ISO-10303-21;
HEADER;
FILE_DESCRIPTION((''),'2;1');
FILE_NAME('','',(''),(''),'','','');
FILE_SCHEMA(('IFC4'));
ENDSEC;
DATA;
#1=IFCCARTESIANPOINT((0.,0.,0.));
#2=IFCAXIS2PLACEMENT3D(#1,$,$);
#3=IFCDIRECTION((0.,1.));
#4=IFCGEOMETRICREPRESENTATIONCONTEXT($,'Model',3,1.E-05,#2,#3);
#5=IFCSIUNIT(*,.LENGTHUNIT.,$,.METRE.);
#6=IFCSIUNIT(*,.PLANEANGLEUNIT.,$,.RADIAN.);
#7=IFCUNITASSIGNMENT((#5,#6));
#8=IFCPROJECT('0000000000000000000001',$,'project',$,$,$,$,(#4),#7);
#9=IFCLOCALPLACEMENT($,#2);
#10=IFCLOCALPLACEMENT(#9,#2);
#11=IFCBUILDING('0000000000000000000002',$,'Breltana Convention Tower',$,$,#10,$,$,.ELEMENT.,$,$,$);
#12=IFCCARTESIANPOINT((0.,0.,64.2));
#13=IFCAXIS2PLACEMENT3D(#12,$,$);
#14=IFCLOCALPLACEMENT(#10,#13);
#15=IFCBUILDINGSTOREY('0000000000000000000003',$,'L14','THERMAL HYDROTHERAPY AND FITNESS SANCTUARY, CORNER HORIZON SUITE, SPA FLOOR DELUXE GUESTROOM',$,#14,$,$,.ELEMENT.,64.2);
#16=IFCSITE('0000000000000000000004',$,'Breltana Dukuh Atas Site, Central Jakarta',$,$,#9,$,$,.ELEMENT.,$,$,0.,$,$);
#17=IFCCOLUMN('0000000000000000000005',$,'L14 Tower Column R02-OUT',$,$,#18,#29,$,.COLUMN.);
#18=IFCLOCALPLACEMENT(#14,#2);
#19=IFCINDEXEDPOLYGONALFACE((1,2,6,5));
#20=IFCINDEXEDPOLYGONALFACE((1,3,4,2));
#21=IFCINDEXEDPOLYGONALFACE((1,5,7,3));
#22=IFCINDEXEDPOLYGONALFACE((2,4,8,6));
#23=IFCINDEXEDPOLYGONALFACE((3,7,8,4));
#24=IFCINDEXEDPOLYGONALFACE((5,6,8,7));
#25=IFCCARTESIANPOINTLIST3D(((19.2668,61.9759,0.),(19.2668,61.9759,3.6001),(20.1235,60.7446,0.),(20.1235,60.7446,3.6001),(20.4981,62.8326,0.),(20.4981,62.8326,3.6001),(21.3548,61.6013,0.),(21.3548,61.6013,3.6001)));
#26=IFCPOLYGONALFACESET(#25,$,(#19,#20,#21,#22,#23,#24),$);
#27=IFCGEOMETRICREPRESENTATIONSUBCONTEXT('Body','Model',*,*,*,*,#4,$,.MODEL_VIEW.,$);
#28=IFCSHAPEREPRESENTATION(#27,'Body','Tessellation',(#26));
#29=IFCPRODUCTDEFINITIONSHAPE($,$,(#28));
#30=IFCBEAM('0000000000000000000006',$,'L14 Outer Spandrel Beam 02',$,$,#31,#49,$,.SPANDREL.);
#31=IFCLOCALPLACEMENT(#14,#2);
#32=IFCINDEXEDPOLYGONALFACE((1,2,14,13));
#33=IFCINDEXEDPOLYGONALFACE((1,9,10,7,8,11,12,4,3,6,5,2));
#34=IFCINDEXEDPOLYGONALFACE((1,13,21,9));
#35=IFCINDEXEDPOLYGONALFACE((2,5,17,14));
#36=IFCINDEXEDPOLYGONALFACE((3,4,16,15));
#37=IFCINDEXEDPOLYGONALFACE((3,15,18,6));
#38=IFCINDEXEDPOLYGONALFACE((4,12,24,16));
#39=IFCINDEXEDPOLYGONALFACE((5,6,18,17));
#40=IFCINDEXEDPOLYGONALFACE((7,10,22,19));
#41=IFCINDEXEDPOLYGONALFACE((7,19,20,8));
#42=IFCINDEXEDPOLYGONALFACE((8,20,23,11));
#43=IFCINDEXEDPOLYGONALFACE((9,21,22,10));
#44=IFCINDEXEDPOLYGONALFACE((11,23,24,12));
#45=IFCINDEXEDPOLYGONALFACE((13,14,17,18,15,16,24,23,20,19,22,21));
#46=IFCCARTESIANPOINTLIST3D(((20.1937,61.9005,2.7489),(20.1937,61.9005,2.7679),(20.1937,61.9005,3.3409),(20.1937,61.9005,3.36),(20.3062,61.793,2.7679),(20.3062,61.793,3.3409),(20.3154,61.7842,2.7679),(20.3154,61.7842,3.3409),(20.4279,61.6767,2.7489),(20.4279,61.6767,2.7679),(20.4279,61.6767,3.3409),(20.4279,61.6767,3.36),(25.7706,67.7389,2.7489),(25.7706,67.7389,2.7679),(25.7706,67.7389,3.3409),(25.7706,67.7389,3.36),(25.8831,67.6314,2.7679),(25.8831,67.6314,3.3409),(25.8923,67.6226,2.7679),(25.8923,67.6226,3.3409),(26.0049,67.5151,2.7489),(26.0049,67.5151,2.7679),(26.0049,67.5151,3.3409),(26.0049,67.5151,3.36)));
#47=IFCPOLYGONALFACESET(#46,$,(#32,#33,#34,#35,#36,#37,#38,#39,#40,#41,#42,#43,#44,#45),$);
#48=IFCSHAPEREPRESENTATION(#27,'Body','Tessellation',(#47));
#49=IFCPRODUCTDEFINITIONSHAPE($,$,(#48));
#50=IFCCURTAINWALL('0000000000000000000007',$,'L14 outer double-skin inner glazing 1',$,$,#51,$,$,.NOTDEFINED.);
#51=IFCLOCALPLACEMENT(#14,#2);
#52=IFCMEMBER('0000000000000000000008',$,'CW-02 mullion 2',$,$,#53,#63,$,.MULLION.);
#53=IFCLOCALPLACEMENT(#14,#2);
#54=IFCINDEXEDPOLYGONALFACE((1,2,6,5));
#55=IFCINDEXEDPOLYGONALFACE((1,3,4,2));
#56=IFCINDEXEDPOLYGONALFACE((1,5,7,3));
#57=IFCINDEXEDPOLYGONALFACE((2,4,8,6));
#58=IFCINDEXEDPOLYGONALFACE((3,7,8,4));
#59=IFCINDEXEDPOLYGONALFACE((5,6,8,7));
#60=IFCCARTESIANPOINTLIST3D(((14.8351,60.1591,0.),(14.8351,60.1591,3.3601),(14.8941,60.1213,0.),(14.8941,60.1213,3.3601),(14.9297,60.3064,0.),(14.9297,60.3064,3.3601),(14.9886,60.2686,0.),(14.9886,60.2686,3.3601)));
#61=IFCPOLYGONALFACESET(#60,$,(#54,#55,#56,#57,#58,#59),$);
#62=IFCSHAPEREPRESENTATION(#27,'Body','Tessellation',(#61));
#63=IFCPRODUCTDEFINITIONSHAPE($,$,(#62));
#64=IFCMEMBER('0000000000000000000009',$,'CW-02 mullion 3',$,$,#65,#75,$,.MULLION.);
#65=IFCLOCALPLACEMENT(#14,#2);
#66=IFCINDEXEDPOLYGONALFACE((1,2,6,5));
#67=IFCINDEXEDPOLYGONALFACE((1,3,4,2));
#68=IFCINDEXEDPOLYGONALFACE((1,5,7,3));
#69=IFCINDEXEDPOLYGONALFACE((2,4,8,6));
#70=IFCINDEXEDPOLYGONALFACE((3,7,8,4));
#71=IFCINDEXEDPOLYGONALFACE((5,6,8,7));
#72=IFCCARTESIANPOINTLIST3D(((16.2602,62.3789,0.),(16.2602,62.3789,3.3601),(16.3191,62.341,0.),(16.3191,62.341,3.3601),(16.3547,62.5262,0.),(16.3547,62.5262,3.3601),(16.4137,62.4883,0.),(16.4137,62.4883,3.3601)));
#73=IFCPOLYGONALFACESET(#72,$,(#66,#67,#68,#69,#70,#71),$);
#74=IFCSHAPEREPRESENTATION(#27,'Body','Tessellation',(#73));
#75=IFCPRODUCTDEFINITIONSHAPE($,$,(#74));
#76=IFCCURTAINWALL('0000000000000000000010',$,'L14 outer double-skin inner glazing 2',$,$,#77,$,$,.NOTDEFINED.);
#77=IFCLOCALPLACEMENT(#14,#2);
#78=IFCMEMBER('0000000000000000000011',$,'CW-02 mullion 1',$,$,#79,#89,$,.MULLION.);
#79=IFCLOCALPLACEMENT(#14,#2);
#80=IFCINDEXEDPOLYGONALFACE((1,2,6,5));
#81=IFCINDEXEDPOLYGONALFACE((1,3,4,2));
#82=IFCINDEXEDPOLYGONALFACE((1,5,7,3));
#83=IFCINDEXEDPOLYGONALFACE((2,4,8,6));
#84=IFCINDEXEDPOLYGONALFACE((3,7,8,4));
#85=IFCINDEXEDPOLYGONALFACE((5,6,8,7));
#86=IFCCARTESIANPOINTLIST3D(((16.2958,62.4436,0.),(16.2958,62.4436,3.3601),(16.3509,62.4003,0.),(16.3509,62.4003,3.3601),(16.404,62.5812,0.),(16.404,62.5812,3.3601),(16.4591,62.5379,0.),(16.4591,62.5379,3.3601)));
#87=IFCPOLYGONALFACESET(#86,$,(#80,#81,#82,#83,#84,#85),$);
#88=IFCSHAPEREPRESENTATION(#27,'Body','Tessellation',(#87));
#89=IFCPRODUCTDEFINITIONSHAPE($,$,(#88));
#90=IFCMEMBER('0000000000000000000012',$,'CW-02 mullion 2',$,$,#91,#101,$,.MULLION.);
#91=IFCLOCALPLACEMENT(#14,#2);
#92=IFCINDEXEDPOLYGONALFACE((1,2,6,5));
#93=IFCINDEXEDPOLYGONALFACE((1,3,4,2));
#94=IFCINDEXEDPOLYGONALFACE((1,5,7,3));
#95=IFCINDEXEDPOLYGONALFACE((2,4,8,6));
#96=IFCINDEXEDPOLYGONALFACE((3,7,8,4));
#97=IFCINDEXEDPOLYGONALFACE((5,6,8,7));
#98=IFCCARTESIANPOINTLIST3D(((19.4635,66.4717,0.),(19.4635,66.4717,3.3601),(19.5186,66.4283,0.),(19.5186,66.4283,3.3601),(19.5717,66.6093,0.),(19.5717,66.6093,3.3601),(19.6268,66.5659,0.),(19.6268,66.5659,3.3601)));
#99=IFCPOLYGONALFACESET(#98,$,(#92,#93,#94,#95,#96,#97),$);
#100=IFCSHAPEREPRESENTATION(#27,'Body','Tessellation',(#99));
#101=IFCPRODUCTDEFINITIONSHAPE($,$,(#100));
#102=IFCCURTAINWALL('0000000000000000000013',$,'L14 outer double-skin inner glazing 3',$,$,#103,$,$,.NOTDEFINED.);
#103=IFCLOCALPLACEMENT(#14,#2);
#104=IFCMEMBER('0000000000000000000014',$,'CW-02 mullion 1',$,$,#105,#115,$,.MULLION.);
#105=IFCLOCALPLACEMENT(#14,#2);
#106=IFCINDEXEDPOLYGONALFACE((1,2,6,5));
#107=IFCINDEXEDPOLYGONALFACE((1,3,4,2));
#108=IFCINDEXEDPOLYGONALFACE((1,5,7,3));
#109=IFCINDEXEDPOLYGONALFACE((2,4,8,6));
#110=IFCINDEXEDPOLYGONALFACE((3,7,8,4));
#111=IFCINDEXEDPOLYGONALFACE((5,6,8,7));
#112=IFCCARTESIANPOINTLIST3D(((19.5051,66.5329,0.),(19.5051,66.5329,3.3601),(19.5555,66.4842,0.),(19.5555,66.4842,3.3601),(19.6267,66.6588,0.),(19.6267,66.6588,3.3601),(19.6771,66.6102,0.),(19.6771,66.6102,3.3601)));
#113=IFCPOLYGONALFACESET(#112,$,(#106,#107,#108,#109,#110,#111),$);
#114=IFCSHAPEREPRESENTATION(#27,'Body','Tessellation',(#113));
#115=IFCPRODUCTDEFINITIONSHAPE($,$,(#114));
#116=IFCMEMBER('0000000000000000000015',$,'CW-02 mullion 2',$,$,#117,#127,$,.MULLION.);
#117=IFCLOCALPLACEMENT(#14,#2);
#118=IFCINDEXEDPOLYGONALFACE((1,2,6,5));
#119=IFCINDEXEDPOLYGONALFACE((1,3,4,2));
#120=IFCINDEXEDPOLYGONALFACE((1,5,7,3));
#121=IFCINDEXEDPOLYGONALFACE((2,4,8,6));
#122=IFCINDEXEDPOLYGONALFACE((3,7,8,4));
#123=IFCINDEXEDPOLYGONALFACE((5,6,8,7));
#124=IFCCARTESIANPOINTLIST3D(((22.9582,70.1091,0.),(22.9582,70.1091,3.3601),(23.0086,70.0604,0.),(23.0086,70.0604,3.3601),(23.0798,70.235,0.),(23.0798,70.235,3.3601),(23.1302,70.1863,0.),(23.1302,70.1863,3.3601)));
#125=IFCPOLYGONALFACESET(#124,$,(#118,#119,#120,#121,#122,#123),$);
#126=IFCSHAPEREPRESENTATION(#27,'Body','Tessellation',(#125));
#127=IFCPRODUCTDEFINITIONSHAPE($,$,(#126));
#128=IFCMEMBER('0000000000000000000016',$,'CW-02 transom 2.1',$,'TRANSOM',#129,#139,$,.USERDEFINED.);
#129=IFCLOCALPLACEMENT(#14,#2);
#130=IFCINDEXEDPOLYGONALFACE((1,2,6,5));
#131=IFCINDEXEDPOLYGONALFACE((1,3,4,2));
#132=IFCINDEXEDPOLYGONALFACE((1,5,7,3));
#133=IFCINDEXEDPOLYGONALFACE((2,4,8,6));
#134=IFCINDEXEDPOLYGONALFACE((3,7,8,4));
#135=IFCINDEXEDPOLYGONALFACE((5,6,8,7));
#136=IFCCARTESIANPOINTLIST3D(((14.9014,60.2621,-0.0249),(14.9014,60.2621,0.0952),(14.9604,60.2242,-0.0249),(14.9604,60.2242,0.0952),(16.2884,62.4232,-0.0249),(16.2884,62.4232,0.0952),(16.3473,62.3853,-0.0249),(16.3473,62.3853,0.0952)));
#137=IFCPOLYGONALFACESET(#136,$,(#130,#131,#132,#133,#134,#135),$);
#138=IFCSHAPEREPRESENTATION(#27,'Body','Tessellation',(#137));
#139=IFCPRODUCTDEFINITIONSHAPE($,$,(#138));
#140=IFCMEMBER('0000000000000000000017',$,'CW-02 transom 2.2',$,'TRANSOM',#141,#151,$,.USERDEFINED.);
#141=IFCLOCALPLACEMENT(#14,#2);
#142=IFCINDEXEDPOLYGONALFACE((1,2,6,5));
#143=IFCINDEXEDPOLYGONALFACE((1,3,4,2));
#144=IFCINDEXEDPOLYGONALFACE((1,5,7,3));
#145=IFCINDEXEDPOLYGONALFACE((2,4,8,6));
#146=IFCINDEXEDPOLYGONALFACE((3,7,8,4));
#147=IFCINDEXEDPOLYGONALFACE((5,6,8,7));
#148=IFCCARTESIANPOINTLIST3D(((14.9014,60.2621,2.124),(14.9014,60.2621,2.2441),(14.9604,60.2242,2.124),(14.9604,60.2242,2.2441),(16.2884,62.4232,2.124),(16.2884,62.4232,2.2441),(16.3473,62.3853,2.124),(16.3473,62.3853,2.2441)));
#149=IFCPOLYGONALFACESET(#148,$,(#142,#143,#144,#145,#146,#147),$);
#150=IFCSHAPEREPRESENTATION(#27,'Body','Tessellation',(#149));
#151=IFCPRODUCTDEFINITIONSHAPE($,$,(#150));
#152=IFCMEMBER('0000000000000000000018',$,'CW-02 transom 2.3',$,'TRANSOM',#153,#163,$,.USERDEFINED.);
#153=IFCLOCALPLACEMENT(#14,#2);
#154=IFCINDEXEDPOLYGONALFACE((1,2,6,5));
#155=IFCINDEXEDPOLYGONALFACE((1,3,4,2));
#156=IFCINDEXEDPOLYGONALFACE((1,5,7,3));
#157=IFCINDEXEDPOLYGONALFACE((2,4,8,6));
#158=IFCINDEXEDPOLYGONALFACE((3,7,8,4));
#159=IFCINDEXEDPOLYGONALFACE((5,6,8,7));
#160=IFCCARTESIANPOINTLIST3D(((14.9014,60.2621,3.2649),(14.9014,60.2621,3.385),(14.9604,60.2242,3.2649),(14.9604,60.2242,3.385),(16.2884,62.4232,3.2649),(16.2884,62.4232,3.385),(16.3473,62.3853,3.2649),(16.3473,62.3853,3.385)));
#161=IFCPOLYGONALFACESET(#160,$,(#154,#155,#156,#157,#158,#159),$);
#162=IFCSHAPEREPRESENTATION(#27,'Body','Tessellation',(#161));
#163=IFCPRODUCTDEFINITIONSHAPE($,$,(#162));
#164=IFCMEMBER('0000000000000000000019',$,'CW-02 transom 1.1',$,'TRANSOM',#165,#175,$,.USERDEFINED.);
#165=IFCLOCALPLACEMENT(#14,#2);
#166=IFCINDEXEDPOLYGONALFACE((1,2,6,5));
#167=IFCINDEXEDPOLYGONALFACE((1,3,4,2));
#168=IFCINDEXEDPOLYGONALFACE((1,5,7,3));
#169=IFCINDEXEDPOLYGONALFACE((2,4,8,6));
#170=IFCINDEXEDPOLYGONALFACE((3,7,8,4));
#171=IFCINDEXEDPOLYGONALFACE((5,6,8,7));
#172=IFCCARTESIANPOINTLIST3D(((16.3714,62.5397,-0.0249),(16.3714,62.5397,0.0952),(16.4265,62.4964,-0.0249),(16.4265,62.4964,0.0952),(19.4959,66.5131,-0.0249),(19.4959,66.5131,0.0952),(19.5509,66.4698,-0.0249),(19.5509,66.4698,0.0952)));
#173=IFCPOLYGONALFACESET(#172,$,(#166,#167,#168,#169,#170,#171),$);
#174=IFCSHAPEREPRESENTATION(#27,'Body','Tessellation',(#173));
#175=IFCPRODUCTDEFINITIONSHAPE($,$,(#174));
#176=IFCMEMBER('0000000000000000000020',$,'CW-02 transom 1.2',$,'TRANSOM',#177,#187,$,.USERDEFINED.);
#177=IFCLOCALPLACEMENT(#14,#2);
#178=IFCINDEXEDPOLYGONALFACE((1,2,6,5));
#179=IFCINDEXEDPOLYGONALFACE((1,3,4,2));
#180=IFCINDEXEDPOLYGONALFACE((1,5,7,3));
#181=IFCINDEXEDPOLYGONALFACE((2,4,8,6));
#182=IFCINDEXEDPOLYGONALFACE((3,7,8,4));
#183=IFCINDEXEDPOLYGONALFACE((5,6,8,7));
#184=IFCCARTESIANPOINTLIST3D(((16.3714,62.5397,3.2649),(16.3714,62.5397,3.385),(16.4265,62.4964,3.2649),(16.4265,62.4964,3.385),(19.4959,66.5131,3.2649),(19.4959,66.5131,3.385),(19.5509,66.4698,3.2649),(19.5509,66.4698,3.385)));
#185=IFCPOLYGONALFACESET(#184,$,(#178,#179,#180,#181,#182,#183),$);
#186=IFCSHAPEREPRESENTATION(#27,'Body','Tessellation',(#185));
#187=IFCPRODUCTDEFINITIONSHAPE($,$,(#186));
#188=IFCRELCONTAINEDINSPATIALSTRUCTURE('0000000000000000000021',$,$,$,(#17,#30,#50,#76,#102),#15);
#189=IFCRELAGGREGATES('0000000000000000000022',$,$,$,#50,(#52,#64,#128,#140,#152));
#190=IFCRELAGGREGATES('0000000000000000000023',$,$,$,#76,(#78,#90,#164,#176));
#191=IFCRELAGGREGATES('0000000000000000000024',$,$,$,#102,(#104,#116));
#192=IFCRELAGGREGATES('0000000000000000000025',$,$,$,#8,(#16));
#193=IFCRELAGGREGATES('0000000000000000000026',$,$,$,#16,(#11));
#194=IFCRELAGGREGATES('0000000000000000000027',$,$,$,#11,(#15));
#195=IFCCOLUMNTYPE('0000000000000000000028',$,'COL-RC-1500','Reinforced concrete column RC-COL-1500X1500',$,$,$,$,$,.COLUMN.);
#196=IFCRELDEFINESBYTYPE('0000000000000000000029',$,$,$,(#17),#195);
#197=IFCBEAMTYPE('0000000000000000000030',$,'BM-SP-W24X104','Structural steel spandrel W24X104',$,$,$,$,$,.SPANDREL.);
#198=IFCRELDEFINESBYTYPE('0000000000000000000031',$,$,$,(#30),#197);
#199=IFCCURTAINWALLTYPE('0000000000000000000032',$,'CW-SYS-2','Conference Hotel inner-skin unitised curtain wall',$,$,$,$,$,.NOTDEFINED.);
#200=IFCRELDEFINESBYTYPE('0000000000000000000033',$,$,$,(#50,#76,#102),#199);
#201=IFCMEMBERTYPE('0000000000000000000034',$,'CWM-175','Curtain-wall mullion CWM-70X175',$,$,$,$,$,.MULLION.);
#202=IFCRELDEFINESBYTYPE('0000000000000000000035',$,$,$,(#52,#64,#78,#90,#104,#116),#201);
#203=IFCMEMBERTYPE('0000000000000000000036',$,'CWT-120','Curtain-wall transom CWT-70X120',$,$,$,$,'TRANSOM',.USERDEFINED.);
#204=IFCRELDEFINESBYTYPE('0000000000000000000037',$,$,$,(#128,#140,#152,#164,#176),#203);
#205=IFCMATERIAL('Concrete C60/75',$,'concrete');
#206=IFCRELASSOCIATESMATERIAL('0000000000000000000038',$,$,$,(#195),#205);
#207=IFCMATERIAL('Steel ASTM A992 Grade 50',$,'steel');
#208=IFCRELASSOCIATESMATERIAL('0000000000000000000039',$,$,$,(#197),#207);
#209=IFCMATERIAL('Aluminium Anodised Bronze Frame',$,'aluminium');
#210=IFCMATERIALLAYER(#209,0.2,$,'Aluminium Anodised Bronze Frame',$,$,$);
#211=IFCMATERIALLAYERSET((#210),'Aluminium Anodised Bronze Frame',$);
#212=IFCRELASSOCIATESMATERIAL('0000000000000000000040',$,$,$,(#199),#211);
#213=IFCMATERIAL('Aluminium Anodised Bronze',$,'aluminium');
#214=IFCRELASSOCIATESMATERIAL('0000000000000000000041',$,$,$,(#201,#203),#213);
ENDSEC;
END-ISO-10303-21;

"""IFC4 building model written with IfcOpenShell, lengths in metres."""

from ifc_helpers import new_model, si_unit, direction, frame, origin, origin_2d, place, context, subcontext, project, spatial, rectangle, i_section, extrude, source, transform, mapped, material, layer, layer_set, material_profile, profile_set, type_object, type_shapes, element, aggregate, save


model = new_model("IFC4")

# Units and contexts
model_context = context("Model", 3, precision=1e-05, world=origin(), true_north=direction((0.0, 1.0)))
body_context = subcontext(model_context, "Body", "Model", "MODEL_VIEW")
ifc_project = project(units=[si_unit("LENGTHUNIT", "METRE"), si_unit("PLANEANGLEUNIT", "RADIAN")], contexts=[model_context])

# Site, building, storey
site_placement = place(None, origin())
site = spatial("IfcSite", under=ifc_project, at=site_placement, Name="Breltana Dukuh Atas Site, Central Jakarta", CompositionType="ELEMENT", RefElevation=0.0)
building_placement = place(site_placement, origin())
building = spatial("IfcBuilding", under=site, at=building_placement, Name="Breltana Convention Tower", CompositionType="ELEMENT")
storey_placement = place(building_placement, frame((0.0, 0.0, 64.2)))
storey = spatial("IfcBuildingStorey", under=building, at=storey_placement, Name="L14", Description="THERMAL HYDROTHERAPY AND FITNESS SANCTUARY, CORNER HORIZON SUITE, SPA FLOOR DELUXE GUESTROOM", CompositionType="ELEMENT", Elevation=64.2)

# Column
ifc_material_1 = material(Name="Concrete C60/75", Category="concrete")
ifc_material_profile_1 = material_profile(ifc_material_1, rectangle(XDim=1.5, YDim=1.5, at=origin_2d()), Name="RC-COL-1500X1500")
ifc_profile_set_1 = profile_set([ifc_material_profile_1], Name="Concrete C60/75")
column_type = type_object("IfcColumnType", Name="COL-RC-1500", Description="Reinforced concrete column RC-COL-1500X1500", PredefinedType="COLUMN", material=ifc_profile_set_1)
shared_shape_1 = source(origin(), body_context, "Body", "SweptSolid", [
    extrude(rectangle(XDim=1.5, YDim=1.5, at=origin_2d()), origin(), (0.0, 0.0, 1.0), 3.6001),
])
column_placement = place(storey_placement, frame((20.3108, 61.7886, 0.0), z_axis=(0.0, 0.0, 1.0), x_axis=(-0.571143, 0.82085, 0.0)))
element("IfcColumn", 1, at=column_placement, inside=storey, type_object=column_type, Name="L14 Tower Column R02-OUT", PredefinedType="COLUMN", context=body_context, shape_type="MappedRepresentation", body=[
    mapped(shared_shape_1, transform((0.0, 0.0, 0.0), scale=1.0)),
])

# Beam
ifc_material_2 = material(Name="Steel ASTM A992 Grade 50", Category="steel")
ifc_material_profile_2 = material_profile(ifc_material_2, i_section(OverallWidth=0.324, OverallDepth=0.6111, WebThickness=0.0127, FlangeThickness=0.019, at=origin_2d()), Name="W24X104")
ifc_profile_set_2 = profile_set([ifc_material_profile_2], Name="Steel ASTM A992 Grade 50")
beam_type = type_object("IfcBeamType", Name="BM-SP-W24X104", Description="Structural steel spandrel W24X104", PredefinedType="SPANDREL", material=ifc_profile_set_2)
shared_shape_2 = source(origin(), body_context, "Body", "SweptSolid", [
    extrude(i_section(OverallWidth=0.324, OverallDepth=0.6111, WebThickness=0.0127, FlangeThickness=0.019, at=origin_2d()), origin(), (0.0, 0.0, 1.0), 8.074),
])
beam_placement = place(storey_placement, frame((20.3108, 61.7886, 3.0544), z_axis=(0.690729, 0.723114, 0.0), x_axis=(-0.723114, 0.690729, 0.0)))
element("IfcBeam", 2, at=beam_placement, inside=storey, type_object=beam_type, Name="L14 Outer Spandrel Beam 02", PredefinedType="SPANDREL", context=body_context, shape_type="MappedRepresentation", body=[
    mapped(shared_shape_2, transform((0.0, 0.0, 0.0), scale=1.0)),
])

# Curtain walls, members
ifc_material_3 = material(Name="Aluminium Anodised Bronze Frame", Category="aluminium")
ifc_layer_1 = layer(ifc_material_3, 0.2, Name="Aluminium Anodised Bronze Frame")
ifc_layer_set_1 = layer_set([ifc_layer_1], Name="Aluminium Anodised Bronze Frame")
curtain_wall_type = type_object("IfcCurtainWallType", Name="CW-SYS-2", Description="Conference Hotel inner-skin unitised curtain wall", PredefinedType="NOTDEFINED", material=ifc_layer_set_1)
curtain_wall_1_placement = place(storey_placement, origin())
curtain_wall_1 = element("IfcCurtainWall", 3, at=curtain_wall_1_placement, inside=storey, type_object=curtain_wall_type, Name="L14 outer double-skin inner glazing 1", PredefinedType="NOTDEFINED")
ifc_material_4 = material(Name="Aluminium Anodised Bronze", Category="aluminium")
ifc_material_profile_3 = material_profile(ifc_material_4, rectangle(XDim=0.0701, YDim=0.175, at=origin_2d()), Name="CWM-70X175")
ifc_profile_set_3 = profile_set([ifc_material_profile_3], Name="Aluminium Anodised Bronze")
member_type_1 = type_object("IfcMemberType", Name="CWM-175", Description="Curtain-wall mullion CWM-70X175", PredefinedType="MULLION", material=ifc_profile_set_3)
shared_shape_3 = source(origin(), body_context, "Body", "SweptSolid", [
    extrude(rectangle(XDim=0.0701, YDim=0.175, at=origin_2d()), origin(), (0.0, 0.0, 1.0), 3.3601),
])
type_shapes(member_type_1, [shared_shape_3])
member_1_placement = place(storey_placement, frame((14.9119, 60.2139, 0.0), z_axis=(0.0, 0.0, 1.0), x_axis=(-0.841549, 0.540181, 0.0)))
member_1 = element("IfcMember", 4, at=member_1_placement, type_object=member_type_1, Name="CW-02 mullion 2", PredefinedType="MULLION", context=body_context, shape_type="MappedRepresentation", body=[
    mapped(shared_shape_3, transform((0.0, 0.0, 0.0), scale=1.0)),
])
member_2_placement = place(storey_placement, frame((16.3369, 62.4336, 0.0), z_axis=(0.0, 0.0, 1.0), x_axis=(-0.841549, 0.540181, 0.0)))
member_2 = element("IfcMember", 5, at=member_2_placement, type_object=member_type_1, Name="CW-02 mullion 3", PredefinedType="MULLION", context=body_context, shape_type="MappedRepresentation", body=[
    mapped(shared_shape_3, transform((0.0, 0.0, 0.0), scale=1.0)),
])
curtain_wall_2_placement = place(storey_placement, origin())
curtain_wall_2 = element("IfcCurtainWall", 6, at=curtain_wall_2_placement, inside=storey, type_object=curtain_wall_type, Name="L14 outer double-skin inner glazing 2", PredefinedType="NOTDEFINED")
member_3_placement = place(storey_placement, frame((16.3774, 62.4907, 0.0), z_axis=(0.0, 0.0, 1.0), x_axis=(-0.786057, 0.618154, 0.0)))
member_3 = element("IfcMember", 7, at=member_3_placement, type_object=member_type_1, Name="CW-02 mullion 1", PredefinedType="MULLION", context=body_context, shape_type="MappedRepresentation", body=[
    mapped(shared_shape_3, transform((0.0, 0.0, 0.0), scale=1.0)),
])
member_4_placement = place(storey_placement, frame((19.5452, 66.5188, 0.0), z_axis=(0.0, 0.0, 1.0), x_axis=(-0.786057, 0.618154, 0.0)))
member_4 = element("IfcMember", 8, at=member_4_placement, type_object=member_type_1, Name="CW-02 mullion 2", PredefinedType="MULLION", context=body_context, shape_type="MappedRepresentation", body=[
    mapped(shared_shape_3, transform((0.0, 0.0, 0.0), scale=1.0)),
])
curtain_wall_3_placement = place(storey_placement, origin())
curtain_wall_3 = element("IfcCurtainWall", 9, at=curtain_wall_3_placement, inside=storey, type_object=curtain_wall_type, Name="L14 outer double-skin inner glazing 3", PredefinedType="NOTDEFINED")
member_5_placement = place(storey_placement, frame((19.5911, 66.5715, 0.0), z_axis=(0.0, 0.0, 1.0), x_axis=(-0.719386, 0.69461, 0.0)))
member_5 = element("IfcMember", 10, at=member_5_placement, type_object=member_type_1, Name="CW-02 mullion 1", PredefinedType="MULLION", context=body_context, shape_type="MappedRepresentation", body=[
    mapped(shared_shape_3, transform((0.0, 0.0, 0.0), scale=1.0)),
])
member_6_placement = place(storey_placement, frame((23.0442, 70.1477, 0.0), z_axis=(0.0, 0.0, 1.0), x_axis=(-0.719386, 0.69461, 0.0)))
member_6 = element("IfcMember", 11, at=member_6_placement, type_object=member_type_1, Name="CW-02 mullion 2", PredefinedType="MULLION", context=body_context, shape_type="MappedRepresentation", body=[
    mapped(shared_shape_3, transform((0.0, 0.0, 0.0), scale=1.0)),
])

# Members
ifc_material_profile_4 = material_profile(ifc_material_4, rectangle(XDim=0.0701, YDim=0.1201, at=origin_2d()), Name="CWT-70X120")
ifc_profile_set_4 = profile_set([ifc_material_profile_4], Name="Aluminium Anodised Bronze")
member_type_2 = type_object("IfcMemberType", Name="CWT-120", Description="Curtain-wall transom CWT-70X120", ElementType="TRANSOM", PredefinedType="USERDEFINED", material=ifc_profile_set_4)
shared_shape_4 = source(origin(), body_context, "Body", "SweptSolid", [
    extrude(rectangle(XDim=0.0701, YDim=0.1201, at=origin_2d()), origin(), (0.0, 0.0, 1.0), 2.5679),
])
type_shapes(member_type_2, [shared_shape_4])
member_7_placement = place(storey_placement, frame((14.9309, 60.2432, 0.0352), z_axis=(0.540114, 0.841592, 0.0), x_axis=(-0.841592, 0.540114, 0.0)))
member_7 = element("IfcMember", 12, at=member_7_placement, type_object=member_type_2, Name="CW-02 transom 2.1", ObjectType="TRANSOM", PredefinedType="USERDEFINED", context=body_context, shape_type="MappedRepresentation", body=[
    mapped(shared_shape_4, transform((0.0, 0.0, 0.0), scale=1.0)),
])
member_8_placement = place(storey_placement, frame((14.9309, 60.2432, 2.1841), z_axis=(0.540114, 0.841592, 0.0), x_axis=(-0.841592, 0.540114, 0.0)))
member_8 = element("IfcMember", 13, at=member_8_placement, type_object=member_type_2, Name="CW-02 transom 2.2", ObjectType="TRANSOM", PredefinedType="USERDEFINED", context=body_context, shape_type="MappedRepresentation", body=[
    mapped(shared_shape_4, transform((0.0, 0.0, 0.0), scale=1.0)),
])
member_9_placement = place(storey_placement, frame((14.9309, 60.2432, 3.325), z_axis=(0.540114, 0.841592, 0.0), x_axis=(-0.841592, 0.540114, 0.0)))
member_9 = element("IfcMember", 14, at=member_9_placement, type_object=member_type_2, Name="CW-02 transom 2.3", ObjectType="TRANSOM", PredefinedType="USERDEFINED", context=body_context, shape_type="MappedRepresentation", body=[
    mapped(shared_shape_4, transform((0.0, 0.0, 0.0), scale=1.0)),
])
shared_shape_5 = source(origin(), body_context, "Body", "SweptSolid", [
    extrude(rectangle(XDim=0.0701, YDim=0.1201, at=origin_2d()), origin(), (0.0, 0.0, 1.0), 5.0547),
])
member_10_placement = place(storey_placement, frame((16.3989, 62.5181, 0.0352), z_axis=(0.618135, 0.786072, 0.0), x_axis=(-0.786072, 0.618135, 0.0)))
member_10 = element("IfcMember", 15, at=member_10_placement, type_object=member_type_2, Name="CW-02 transom 1.1", ObjectType="TRANSOM", PredefinedType="USERDEFINED", context=body_context, shape_type="MappedRepresentation", body=[
    mapped(shared_shape_5, transform((0.0, 0.0, 0.0), scale=1.0)),
])
member_11_placement = place(storey_placement, frame((16.3989, 62.5181, 3.325), z_axis=(0.618135, 0.786072, 0.0), x_axis=(-0.786072, 0.618135, 0.0)))
member_11 = element("IfcMember", 16, at=member_11_placement, type_object=member_type_2, Name="CW-02 transom 1.2", ObjectType="TRANSOM", PredefinedType="USERDEFINED", context=body_context, shape_type="MappedRepresentation", body=[
    mapped(shared_shape_5, transform((0.0, 0.0, 0.0), scale=1.0)),
])

aggregate(curtain_wall_1, [member_1, member_2, member_7, member_8, member_9])
aggregate(curtain_wall_2, [member_3, member_4, member_10, member_11])
aggregate(curtain_wall_3, [member_5, member_6])

save(model, "model.ifc")
